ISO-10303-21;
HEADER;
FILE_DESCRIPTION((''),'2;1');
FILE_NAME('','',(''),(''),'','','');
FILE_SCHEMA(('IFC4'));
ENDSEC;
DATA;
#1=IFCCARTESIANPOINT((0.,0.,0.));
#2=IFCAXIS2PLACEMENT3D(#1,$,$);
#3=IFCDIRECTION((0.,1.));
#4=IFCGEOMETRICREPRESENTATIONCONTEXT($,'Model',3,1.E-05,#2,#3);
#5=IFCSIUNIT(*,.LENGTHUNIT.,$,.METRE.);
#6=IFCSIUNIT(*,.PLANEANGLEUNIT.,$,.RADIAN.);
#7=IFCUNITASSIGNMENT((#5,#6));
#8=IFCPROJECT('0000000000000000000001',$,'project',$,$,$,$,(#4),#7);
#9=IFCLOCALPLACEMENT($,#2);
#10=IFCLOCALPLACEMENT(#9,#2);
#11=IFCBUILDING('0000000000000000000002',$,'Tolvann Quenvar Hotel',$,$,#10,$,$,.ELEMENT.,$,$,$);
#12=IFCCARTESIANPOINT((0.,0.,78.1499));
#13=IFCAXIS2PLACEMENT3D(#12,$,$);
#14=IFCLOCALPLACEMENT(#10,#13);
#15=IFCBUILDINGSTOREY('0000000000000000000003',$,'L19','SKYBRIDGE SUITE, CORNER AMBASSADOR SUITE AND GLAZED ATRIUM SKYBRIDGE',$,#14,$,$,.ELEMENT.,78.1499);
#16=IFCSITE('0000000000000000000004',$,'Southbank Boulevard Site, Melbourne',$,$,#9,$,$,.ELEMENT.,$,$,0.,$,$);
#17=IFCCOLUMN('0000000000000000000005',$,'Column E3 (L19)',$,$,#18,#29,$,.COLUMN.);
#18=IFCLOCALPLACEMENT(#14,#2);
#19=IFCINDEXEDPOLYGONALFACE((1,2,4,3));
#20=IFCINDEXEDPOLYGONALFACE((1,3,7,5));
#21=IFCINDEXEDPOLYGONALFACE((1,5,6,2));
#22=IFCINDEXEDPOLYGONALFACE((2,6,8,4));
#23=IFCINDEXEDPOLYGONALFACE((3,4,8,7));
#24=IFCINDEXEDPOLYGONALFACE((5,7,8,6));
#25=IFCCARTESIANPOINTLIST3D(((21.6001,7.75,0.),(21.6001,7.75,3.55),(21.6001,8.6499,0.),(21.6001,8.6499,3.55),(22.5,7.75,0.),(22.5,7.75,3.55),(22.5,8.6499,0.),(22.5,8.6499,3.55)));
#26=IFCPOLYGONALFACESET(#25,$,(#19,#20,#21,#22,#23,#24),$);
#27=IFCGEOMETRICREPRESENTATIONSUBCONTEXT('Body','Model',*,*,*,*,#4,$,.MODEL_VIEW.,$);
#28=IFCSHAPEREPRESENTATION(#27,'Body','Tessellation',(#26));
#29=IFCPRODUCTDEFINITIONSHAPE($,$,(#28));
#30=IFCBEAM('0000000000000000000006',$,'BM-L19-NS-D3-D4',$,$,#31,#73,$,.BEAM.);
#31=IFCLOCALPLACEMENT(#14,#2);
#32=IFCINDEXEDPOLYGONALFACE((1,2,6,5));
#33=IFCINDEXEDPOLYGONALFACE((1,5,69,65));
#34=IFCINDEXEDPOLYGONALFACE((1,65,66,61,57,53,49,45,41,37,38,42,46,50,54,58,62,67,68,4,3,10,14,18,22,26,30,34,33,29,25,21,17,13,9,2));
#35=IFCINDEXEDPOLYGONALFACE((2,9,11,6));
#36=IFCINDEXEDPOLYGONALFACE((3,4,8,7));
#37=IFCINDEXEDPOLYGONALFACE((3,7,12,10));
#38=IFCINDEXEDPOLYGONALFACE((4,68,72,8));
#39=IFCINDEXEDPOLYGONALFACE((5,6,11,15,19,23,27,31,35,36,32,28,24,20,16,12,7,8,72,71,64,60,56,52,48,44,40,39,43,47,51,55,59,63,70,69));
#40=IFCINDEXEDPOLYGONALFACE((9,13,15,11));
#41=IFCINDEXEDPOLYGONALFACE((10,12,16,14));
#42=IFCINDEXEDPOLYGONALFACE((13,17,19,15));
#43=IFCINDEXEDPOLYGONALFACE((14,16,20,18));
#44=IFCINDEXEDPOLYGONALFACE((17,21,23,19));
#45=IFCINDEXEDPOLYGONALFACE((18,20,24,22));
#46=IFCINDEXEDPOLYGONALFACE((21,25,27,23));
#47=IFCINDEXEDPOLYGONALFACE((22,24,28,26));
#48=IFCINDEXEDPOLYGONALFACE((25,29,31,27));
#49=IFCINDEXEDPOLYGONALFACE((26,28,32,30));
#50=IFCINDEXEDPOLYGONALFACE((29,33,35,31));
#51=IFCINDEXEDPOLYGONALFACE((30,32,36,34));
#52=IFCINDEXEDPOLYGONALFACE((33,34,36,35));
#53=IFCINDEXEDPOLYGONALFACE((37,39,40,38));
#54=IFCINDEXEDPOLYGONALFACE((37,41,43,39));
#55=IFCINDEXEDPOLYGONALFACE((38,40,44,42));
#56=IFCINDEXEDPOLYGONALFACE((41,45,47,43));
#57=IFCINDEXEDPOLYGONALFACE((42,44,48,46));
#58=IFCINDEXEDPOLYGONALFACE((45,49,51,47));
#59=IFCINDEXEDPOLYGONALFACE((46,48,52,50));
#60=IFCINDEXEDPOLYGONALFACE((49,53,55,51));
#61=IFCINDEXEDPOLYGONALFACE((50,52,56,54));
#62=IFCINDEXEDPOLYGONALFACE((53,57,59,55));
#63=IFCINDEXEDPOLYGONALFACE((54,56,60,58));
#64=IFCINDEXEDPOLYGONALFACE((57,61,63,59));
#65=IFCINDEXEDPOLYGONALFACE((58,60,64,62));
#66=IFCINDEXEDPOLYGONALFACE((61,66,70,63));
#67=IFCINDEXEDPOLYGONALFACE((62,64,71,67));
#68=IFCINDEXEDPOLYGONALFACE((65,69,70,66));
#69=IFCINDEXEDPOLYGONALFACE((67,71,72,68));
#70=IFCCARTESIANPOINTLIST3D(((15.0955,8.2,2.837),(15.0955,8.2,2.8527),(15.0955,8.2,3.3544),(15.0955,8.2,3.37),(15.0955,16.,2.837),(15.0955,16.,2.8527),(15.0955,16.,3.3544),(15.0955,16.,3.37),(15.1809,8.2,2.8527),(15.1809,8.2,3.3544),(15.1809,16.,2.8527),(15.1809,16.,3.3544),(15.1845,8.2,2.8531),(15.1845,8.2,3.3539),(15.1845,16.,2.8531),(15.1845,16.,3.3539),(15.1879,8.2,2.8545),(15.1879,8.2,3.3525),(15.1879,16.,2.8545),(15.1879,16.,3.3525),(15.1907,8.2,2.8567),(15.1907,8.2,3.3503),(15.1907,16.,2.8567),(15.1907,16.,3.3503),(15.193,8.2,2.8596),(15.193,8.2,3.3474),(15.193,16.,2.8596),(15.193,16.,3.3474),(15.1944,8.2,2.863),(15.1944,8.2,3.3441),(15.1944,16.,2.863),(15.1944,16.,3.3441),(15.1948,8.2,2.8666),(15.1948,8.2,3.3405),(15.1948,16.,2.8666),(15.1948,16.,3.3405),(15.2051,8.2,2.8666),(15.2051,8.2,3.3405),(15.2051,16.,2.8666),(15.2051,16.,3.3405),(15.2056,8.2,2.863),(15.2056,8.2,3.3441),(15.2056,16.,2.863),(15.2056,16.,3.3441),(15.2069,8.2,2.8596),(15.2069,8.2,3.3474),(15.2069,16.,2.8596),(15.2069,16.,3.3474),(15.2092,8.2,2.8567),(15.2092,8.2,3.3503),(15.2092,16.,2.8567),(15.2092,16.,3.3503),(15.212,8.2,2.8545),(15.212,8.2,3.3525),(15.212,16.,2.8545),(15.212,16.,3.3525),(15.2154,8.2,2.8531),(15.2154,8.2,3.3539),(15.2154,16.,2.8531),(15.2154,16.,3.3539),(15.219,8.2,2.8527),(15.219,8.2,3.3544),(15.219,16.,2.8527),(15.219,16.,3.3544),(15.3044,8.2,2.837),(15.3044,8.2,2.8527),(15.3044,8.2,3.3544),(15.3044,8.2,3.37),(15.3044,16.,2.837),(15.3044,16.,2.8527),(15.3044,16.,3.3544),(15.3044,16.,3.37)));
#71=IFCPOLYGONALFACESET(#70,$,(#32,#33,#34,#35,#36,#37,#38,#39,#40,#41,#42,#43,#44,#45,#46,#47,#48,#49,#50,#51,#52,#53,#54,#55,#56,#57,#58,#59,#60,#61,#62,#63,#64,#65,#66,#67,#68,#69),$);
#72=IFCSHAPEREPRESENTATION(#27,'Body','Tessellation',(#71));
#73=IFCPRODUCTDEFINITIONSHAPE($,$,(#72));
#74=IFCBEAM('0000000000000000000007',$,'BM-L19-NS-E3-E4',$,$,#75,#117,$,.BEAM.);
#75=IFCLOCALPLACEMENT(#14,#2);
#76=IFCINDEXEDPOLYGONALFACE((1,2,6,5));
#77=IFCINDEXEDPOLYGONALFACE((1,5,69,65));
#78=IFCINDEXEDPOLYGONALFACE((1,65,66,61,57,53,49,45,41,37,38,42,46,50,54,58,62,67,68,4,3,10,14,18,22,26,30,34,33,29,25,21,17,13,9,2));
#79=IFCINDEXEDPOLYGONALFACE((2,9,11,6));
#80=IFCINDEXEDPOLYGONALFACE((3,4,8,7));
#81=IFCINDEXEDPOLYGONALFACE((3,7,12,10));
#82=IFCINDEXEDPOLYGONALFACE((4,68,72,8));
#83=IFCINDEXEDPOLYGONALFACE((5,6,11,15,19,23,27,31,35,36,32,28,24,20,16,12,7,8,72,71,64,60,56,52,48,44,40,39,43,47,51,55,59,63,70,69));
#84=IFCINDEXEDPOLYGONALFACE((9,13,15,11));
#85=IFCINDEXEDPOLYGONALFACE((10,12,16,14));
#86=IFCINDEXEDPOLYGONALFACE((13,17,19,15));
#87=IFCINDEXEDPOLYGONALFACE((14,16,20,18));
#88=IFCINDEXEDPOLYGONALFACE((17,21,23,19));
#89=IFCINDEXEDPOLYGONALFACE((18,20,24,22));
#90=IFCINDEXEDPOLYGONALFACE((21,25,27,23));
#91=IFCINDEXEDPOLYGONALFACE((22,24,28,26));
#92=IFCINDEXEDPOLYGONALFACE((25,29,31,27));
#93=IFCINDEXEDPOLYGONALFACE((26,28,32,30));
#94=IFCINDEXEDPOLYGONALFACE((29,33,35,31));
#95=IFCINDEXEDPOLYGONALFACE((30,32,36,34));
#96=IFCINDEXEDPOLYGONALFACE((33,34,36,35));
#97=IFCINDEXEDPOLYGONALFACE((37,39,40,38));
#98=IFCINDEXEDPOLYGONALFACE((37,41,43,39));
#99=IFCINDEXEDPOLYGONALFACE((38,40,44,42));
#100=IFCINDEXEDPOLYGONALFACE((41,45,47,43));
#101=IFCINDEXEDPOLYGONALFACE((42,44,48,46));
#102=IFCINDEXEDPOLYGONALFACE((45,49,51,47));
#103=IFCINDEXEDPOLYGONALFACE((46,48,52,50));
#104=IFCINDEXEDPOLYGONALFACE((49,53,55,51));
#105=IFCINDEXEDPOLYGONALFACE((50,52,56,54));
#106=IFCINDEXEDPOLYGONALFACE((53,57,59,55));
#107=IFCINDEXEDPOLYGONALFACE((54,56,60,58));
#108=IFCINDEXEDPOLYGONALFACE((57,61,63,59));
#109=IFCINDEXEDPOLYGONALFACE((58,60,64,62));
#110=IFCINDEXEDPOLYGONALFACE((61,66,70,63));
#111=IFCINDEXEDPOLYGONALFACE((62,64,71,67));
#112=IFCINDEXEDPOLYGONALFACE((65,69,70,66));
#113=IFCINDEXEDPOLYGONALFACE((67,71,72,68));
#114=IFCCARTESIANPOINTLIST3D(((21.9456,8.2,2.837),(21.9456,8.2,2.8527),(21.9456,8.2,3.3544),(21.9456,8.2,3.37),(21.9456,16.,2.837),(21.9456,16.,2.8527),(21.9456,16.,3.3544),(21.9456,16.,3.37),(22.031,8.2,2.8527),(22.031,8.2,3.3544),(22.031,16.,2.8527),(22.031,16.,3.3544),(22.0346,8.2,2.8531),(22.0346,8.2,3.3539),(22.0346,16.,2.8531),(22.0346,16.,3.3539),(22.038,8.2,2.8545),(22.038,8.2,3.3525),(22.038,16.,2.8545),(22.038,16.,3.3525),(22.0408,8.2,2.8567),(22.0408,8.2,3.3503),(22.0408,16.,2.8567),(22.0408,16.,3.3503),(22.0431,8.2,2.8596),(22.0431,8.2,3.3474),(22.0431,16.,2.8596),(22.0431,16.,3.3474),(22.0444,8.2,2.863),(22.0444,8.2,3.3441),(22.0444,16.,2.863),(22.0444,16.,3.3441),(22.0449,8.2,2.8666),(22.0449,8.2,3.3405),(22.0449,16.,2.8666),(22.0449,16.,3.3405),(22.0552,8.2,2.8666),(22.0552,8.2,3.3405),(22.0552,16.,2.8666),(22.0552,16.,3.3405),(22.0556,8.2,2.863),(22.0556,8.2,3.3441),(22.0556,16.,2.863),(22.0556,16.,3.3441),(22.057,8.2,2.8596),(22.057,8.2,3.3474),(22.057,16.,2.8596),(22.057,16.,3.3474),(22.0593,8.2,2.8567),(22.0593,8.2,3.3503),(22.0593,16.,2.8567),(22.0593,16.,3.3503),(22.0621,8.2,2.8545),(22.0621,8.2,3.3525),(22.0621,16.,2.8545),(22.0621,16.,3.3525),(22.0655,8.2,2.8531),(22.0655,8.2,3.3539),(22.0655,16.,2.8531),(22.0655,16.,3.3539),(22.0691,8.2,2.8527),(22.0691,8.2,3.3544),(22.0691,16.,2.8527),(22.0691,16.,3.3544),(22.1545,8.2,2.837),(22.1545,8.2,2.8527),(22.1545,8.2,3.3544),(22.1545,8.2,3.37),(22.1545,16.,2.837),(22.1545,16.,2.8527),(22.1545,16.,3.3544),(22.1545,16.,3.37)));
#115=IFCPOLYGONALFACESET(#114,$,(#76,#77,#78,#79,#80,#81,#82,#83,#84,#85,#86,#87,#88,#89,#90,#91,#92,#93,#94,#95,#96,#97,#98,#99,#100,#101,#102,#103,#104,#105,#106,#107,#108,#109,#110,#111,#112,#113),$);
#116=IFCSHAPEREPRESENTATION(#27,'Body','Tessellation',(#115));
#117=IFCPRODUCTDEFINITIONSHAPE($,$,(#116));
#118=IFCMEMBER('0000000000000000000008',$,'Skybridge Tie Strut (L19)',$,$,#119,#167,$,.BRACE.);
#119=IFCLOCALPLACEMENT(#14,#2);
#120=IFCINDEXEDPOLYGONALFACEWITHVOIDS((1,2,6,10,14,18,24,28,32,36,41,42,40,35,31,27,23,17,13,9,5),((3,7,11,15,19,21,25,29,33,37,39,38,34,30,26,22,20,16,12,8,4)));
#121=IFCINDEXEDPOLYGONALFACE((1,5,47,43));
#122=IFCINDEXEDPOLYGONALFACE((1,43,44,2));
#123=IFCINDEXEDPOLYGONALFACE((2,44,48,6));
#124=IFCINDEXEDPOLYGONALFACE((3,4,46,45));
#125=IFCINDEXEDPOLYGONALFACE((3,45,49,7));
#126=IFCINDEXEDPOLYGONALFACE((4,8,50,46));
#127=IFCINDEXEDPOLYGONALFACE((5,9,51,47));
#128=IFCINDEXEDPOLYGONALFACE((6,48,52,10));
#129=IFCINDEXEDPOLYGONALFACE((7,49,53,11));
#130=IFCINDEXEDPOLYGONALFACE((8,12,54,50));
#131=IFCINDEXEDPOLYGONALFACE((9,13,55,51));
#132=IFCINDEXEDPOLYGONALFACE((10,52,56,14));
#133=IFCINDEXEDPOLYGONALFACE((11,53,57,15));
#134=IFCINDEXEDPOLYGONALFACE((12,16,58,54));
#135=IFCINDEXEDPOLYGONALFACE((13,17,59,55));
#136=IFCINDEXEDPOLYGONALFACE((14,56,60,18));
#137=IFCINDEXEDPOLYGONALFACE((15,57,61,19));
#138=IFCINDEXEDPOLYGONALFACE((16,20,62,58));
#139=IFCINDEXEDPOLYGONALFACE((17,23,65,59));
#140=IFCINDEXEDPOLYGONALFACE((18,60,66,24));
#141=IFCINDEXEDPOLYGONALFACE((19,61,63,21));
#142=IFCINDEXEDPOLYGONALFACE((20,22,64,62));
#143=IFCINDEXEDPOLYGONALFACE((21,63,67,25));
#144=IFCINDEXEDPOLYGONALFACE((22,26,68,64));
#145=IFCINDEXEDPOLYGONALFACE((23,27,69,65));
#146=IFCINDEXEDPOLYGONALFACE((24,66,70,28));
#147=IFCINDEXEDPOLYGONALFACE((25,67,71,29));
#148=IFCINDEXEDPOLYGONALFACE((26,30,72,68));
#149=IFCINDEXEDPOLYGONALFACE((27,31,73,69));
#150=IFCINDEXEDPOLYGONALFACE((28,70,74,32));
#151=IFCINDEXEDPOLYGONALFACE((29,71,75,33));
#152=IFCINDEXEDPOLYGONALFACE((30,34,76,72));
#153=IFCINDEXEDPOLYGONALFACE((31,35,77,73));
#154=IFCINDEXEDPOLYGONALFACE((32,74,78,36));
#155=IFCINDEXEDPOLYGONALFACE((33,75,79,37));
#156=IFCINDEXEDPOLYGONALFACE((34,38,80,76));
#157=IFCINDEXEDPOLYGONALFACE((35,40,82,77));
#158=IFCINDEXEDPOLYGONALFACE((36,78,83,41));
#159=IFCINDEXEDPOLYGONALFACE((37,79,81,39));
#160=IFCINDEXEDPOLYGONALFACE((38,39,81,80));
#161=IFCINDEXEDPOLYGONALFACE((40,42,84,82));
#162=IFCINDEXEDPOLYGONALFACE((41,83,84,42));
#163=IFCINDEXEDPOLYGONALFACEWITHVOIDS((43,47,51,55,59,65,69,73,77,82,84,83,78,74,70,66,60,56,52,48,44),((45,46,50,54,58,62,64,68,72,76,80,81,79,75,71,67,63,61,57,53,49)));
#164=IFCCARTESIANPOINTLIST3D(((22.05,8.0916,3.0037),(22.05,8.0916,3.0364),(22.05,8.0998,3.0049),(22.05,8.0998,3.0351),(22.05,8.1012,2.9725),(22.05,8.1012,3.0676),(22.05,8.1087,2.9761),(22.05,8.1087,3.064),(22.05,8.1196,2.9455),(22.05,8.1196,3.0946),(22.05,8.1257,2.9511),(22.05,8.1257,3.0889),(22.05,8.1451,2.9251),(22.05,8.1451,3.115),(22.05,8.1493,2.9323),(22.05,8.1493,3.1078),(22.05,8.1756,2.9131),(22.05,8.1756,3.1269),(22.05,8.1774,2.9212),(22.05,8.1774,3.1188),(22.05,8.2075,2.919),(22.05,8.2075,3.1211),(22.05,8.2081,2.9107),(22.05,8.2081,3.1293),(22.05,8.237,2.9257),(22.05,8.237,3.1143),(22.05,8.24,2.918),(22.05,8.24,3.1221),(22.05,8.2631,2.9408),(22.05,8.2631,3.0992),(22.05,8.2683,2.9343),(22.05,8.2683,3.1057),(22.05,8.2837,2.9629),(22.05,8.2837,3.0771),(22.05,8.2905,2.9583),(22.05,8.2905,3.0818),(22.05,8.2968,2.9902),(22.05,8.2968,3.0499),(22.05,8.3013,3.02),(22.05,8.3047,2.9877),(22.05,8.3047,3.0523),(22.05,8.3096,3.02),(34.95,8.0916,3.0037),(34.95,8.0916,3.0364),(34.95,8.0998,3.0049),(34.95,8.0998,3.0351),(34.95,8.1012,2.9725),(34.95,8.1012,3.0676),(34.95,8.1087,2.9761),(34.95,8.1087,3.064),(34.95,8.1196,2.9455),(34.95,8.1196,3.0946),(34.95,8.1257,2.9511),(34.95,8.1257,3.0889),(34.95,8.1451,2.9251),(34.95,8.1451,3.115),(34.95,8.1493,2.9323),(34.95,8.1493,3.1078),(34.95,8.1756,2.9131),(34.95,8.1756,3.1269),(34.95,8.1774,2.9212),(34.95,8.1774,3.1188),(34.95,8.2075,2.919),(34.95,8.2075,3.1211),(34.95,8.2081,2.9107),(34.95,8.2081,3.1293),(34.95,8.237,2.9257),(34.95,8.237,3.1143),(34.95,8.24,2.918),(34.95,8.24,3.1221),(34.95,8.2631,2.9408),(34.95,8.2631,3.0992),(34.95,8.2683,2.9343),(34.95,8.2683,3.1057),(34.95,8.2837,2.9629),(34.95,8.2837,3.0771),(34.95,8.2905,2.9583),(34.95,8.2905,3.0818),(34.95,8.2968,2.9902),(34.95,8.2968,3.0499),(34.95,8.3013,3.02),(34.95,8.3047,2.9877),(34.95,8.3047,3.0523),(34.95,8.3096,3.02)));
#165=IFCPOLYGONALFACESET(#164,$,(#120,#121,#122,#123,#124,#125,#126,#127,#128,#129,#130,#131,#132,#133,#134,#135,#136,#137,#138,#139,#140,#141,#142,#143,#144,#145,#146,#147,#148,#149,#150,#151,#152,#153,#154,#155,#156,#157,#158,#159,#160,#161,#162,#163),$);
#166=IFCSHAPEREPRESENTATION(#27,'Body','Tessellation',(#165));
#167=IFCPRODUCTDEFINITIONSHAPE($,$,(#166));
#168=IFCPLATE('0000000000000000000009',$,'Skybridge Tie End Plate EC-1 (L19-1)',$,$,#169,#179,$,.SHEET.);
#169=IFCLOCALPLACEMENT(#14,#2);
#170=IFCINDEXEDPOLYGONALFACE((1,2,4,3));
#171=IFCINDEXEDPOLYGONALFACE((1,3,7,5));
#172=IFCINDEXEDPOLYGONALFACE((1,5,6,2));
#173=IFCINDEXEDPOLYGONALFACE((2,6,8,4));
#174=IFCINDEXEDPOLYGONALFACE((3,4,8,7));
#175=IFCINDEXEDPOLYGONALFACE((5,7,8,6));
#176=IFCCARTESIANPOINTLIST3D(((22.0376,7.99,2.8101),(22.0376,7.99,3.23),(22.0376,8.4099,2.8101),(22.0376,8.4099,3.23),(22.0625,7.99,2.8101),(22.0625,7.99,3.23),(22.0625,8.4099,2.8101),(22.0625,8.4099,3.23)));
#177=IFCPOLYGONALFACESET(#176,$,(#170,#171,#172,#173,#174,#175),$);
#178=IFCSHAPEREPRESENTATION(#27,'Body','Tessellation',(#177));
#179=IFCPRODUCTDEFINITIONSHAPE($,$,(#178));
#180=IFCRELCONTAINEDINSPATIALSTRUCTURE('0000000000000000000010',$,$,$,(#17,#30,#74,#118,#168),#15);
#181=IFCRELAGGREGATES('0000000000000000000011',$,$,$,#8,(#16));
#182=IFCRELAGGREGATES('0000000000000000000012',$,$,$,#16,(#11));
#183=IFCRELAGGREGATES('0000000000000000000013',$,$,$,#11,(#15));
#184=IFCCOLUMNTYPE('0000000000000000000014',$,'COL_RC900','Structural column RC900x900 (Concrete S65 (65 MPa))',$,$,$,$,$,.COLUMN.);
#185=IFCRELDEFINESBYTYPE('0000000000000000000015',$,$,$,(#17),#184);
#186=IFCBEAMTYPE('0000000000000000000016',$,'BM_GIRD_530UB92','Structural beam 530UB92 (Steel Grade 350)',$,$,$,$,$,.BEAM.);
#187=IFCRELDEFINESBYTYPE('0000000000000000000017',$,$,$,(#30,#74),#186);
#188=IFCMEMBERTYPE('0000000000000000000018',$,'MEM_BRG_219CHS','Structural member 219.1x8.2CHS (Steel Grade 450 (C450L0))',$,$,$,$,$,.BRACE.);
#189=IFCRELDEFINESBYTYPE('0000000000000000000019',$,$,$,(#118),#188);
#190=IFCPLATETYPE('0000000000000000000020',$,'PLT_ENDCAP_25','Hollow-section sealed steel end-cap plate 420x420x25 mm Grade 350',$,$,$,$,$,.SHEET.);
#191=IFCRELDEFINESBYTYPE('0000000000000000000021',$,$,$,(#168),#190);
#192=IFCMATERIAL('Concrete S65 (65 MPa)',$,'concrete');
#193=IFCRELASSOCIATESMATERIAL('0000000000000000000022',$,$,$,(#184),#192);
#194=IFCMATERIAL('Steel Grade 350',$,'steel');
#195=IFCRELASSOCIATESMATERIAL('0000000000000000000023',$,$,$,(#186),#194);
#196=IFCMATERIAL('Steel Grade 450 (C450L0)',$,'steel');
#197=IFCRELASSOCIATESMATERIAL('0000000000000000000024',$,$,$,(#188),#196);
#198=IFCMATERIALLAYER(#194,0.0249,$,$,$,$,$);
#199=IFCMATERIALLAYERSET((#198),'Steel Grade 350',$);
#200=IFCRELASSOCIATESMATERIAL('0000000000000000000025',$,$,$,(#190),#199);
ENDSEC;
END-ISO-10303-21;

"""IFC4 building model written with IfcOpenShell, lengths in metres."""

from ifc_helpers import new_model, si_unit, direction, frame, origin, origin_2d, place, context, subcontext, project, spatial, rectangle, hollow_circle, i_section, extrude, source, transform, mapped, material, layer, layer_set, material_profile, profile_set, type_object, type_shapes, element, save


model = new_model("IFC4")

# Units and contexts
model_context = context("Model", 3, precision=1e-05, world=origin(), true_north=direction((0.0, 1.0)))
body_context = subcontext(model_context, "Body", "Model", "MODEL_VIEW")
ifc_project = project(units=[si_unit("LENGTHUNIT", "METRE"), si_unit("PLANEANGLEUNIT", "RADIAN")], contexts=[model_context])

# Site, building, storey
site_placement = place(None, origin())
site = spatial("IfcSite", under=ifc_project, at=site_placement, Name="Southbank Boulevard Site, Melbourne", CompositionType="ELEMENT", RefElevation=0.0)
building_placement = place(site_placement, origin())
building = spatial("IfcBuilding", under=site, at=building_placement, Name="Tolvann Quenvar Hotel", CompositionType="ELEMENT")
storey_placement = place(building_placement, frame((0.0, 0.0, 78.1499)))
storey = spatial("IfcBuildingStorey", under=building, at=storey_placement, Name="L19", Description="SKYBRIDGE SUITE, CORNER AMBASSADOR SUITE AND GLAZED ATRIUM SKYBRIDGE", CompositionType="ELEMENT", Elevation=78.1499)

# Column
ifc_material_1 = material(Name="Concrete S65 (65 MPa)", Category="concrete")
ifc_material_profile_1 = material_profile(ifc_material_1, rectangle(XDim=0.8999, YDim=0.8999, at=origin_2d()), Name="RC900x900")
ifc_profile_set_1 = profile_set([ifc_material_profile_1], Name="Concrete S65 (65 MPa)")
column_type = type_object("IfcColumnType", Name="COL_RC900", Description="Structural column RC900x900 (Concrete S65 (65 MPa))", PredefinedType="COLUMN", material=ifc_profile_set_1)
shared_shape_1 = source(origin(), body_context, "Body", "SweptSolid", [
    extrude(rectangle(XDim=0.8999, YDim=0.8999, at=origin_2d()), origin(), (0.0, 0.0, 1.0), 3.55),
])
type_shapes(column_type, [shared_shape_1])
column_placement = place(storey_placement, frame((22.05, 8.2, 0.0), z_axis=(0.0, 0.0, 1.0), x_axis=(1.0, 0.0, 0.0)))
element("IfcColumn", 1, at=column_placement, inside=storey, type_object=column_type, Name="Column E3 (L19)", PredefinedType="COLUMN", context=body_context, shape_type="MappedRepresentation", body=[
    mapped(shared_shape_1, transform((0.0, 0.0, 0.0), x_axis=(1.0, 0.0, 0.0), y_axis=(0.0, 1.0, 0.0), z_axis=(0.0, 0.0, 1.0), scale=1.0)),
])

# Beams
ifc_material_2 = material(Name="Steel Grade 350", Category="steel")
ifc_material_profile_2 = material_profile(ifc_material_2, i_section(OverallWidth=0.209, OverallDepth=0.533, WebThickness=0.0103, FlangeThickness=0.0156, FilletRadius=0.0139, at=origin_2d()), Name="530UB92")
ifc_profile_set_2 = profile_set([ifc_material_profile_2], Name="Steel Grade 350")
beam_type = type_object("IfcBeamType", Name="BM_GIRD_530UB92", Description="Structural beam 530UB92 (Steel Grade 350)", PredefinedType="BEAM", material=ifc_profile_set_2)
shared_shape_2 = source(origin(), body_context, "Body", "SweptSolid", [
    extrude(i_section(OverallWidth=0.209, OverallDepth=0.533, WebThickness=0.0103, FlangeThickness=0.0156, FilletRadius=0.0139, at=origin_2d()), origin(), (0.0, 0.0, 1.0), 7.8),
])
type_shapes(beam_type, [shared_shape_2])
for number, where, z_axis, x_axis, name in (
    (2, (15.2, 8.2, 3.1035), (0.0, 1.0, 0.0), (-1.0, 0.0, 0.0), "BM-L19-NS-D3-D4"),
    (3, (22.05, 8.2, 3.1035), (0.0, 1.0, 0.0), (-1.0, 0.0, 0.0), "BM-L19-NS-E3-E4"),
):
    element("IfcBeam", number, at=place(storey_placement, frame(where, z_axis=z_axis, x_axis=x_axis)), inside=storey, type_object=beam_type, Name=name, PredefinedType="BEAM", context=body_context, shape_type="MappedRepresentation", body=[
        mapped(shared_shape_2, transform((0.0, 0.0, 0.0), x_axis=(1.0, 0.0, 0.0), y_axis=(0.0, 1.0, 0.0), z_axis=(0.0, 0.0, 1.0), scale=1.0)),
    ])

# Member
ifc_material_3 = material(Name="Steel Grade 450 (C450L0)", Category="steel")
ifc_material_profile_3 = material_profile(ifc_material_3, hollow_circle(Radius=0.1096, WallThickness=0.0083, at=origin_2d()), Name="219.1x8.2CHS")
ifc_profile_set_3 = profile_set([ifc_material_profile_3], Name="Steel Grade 450 (C450L0)")
member_type = type_object("IfcMemberType", Name="MEM_BRG_219CHS", Description="Structural member 219.1x8.2CHS (Steel Grade 450 (C450L0))", PredefinedType="BRACE", material=ifc_profile_set_3)
shared_shape_3 = source(origin(), body_context, "Body", "SweptSolid", [
    extrude(hollow_circle(Radius=0.1096, WallThickness=0.0083, at=origin_2d()), origin(), (0.0, 0.0, 1.0), 12.8999),
])
type_shapes(member_type, [shared_shape_3])
member_placement = place(storey_placement, frame((22.05, 8.2, 3.02), z_axis=(1.0, 0.0, 0.0), x_axis=(0.0, 1.0, 0.0)))
element("IfcMember", 4, at=member_placement, inside=storey, type_object=member_type, Name="Skybridge Tie Strut (L19)", PredefinedType="BRACE", context=body_context, shape_type="MappedRepresentation", body=[
    mapped(shared_shape_3, transform((0.0, 0.0, 0.0), x_axis=(1.0, 0.0, 0.0), y_axis=(0.0, 1.0, 0.0), z_axis=(0.0, 0.0, 1.0), scale=1.0)),
])

# Plate
ifc_layer_1 = layer(ifc_material_2, 0.0249)
ifc_layer_set_1 = layer_set([ifc_layer_1], Name="Steel Grade 350")
plate_type = type_object("IfcPlateType", Name="PLT_ENDCAP_25", Description="Hollow-section sealed steel end-cap plate 420x420x25 mm Grade 350", PredefinedType="SHEET", material=ifc_layer_set_1)
shared_shape_4 = source(origin(), body_context, "Body", "SweptSolid", [
    extrude(rectangle(XDim=0.0249, YDim=0.4199, at=origin_2d()), origin(), (0.0, 0.0, 1.0), 0.4199),
])
type_shapes(plate_type, [shared_shape_4])
plate_placement = place(storey_placement, frame((22.05, 8.2, 2.8101), z_axis=(0.0, 0.0, 1.0), x_axis=(1.0, 0.0, 0.0)))
element("IfcPlate", 5, at=plate_placement, inside=storey, type_object=plate_type, Name="Skybridge Tie End Plate EC-1 (L19-1)", PredefinedType="SHEET", context=body_context, shape_type="MappedRepresentation", body=[
    mapped(shared_shape_4, transform((0.0, 0.0, 0.0), x_axis=(1.0, 0.0, 0.0), y_axis=(0.0, 1.0, 0.0), z_axis=(0.0, 0.0, 1.0), scale=1.0)),
])

save(model, "model.ifc")
